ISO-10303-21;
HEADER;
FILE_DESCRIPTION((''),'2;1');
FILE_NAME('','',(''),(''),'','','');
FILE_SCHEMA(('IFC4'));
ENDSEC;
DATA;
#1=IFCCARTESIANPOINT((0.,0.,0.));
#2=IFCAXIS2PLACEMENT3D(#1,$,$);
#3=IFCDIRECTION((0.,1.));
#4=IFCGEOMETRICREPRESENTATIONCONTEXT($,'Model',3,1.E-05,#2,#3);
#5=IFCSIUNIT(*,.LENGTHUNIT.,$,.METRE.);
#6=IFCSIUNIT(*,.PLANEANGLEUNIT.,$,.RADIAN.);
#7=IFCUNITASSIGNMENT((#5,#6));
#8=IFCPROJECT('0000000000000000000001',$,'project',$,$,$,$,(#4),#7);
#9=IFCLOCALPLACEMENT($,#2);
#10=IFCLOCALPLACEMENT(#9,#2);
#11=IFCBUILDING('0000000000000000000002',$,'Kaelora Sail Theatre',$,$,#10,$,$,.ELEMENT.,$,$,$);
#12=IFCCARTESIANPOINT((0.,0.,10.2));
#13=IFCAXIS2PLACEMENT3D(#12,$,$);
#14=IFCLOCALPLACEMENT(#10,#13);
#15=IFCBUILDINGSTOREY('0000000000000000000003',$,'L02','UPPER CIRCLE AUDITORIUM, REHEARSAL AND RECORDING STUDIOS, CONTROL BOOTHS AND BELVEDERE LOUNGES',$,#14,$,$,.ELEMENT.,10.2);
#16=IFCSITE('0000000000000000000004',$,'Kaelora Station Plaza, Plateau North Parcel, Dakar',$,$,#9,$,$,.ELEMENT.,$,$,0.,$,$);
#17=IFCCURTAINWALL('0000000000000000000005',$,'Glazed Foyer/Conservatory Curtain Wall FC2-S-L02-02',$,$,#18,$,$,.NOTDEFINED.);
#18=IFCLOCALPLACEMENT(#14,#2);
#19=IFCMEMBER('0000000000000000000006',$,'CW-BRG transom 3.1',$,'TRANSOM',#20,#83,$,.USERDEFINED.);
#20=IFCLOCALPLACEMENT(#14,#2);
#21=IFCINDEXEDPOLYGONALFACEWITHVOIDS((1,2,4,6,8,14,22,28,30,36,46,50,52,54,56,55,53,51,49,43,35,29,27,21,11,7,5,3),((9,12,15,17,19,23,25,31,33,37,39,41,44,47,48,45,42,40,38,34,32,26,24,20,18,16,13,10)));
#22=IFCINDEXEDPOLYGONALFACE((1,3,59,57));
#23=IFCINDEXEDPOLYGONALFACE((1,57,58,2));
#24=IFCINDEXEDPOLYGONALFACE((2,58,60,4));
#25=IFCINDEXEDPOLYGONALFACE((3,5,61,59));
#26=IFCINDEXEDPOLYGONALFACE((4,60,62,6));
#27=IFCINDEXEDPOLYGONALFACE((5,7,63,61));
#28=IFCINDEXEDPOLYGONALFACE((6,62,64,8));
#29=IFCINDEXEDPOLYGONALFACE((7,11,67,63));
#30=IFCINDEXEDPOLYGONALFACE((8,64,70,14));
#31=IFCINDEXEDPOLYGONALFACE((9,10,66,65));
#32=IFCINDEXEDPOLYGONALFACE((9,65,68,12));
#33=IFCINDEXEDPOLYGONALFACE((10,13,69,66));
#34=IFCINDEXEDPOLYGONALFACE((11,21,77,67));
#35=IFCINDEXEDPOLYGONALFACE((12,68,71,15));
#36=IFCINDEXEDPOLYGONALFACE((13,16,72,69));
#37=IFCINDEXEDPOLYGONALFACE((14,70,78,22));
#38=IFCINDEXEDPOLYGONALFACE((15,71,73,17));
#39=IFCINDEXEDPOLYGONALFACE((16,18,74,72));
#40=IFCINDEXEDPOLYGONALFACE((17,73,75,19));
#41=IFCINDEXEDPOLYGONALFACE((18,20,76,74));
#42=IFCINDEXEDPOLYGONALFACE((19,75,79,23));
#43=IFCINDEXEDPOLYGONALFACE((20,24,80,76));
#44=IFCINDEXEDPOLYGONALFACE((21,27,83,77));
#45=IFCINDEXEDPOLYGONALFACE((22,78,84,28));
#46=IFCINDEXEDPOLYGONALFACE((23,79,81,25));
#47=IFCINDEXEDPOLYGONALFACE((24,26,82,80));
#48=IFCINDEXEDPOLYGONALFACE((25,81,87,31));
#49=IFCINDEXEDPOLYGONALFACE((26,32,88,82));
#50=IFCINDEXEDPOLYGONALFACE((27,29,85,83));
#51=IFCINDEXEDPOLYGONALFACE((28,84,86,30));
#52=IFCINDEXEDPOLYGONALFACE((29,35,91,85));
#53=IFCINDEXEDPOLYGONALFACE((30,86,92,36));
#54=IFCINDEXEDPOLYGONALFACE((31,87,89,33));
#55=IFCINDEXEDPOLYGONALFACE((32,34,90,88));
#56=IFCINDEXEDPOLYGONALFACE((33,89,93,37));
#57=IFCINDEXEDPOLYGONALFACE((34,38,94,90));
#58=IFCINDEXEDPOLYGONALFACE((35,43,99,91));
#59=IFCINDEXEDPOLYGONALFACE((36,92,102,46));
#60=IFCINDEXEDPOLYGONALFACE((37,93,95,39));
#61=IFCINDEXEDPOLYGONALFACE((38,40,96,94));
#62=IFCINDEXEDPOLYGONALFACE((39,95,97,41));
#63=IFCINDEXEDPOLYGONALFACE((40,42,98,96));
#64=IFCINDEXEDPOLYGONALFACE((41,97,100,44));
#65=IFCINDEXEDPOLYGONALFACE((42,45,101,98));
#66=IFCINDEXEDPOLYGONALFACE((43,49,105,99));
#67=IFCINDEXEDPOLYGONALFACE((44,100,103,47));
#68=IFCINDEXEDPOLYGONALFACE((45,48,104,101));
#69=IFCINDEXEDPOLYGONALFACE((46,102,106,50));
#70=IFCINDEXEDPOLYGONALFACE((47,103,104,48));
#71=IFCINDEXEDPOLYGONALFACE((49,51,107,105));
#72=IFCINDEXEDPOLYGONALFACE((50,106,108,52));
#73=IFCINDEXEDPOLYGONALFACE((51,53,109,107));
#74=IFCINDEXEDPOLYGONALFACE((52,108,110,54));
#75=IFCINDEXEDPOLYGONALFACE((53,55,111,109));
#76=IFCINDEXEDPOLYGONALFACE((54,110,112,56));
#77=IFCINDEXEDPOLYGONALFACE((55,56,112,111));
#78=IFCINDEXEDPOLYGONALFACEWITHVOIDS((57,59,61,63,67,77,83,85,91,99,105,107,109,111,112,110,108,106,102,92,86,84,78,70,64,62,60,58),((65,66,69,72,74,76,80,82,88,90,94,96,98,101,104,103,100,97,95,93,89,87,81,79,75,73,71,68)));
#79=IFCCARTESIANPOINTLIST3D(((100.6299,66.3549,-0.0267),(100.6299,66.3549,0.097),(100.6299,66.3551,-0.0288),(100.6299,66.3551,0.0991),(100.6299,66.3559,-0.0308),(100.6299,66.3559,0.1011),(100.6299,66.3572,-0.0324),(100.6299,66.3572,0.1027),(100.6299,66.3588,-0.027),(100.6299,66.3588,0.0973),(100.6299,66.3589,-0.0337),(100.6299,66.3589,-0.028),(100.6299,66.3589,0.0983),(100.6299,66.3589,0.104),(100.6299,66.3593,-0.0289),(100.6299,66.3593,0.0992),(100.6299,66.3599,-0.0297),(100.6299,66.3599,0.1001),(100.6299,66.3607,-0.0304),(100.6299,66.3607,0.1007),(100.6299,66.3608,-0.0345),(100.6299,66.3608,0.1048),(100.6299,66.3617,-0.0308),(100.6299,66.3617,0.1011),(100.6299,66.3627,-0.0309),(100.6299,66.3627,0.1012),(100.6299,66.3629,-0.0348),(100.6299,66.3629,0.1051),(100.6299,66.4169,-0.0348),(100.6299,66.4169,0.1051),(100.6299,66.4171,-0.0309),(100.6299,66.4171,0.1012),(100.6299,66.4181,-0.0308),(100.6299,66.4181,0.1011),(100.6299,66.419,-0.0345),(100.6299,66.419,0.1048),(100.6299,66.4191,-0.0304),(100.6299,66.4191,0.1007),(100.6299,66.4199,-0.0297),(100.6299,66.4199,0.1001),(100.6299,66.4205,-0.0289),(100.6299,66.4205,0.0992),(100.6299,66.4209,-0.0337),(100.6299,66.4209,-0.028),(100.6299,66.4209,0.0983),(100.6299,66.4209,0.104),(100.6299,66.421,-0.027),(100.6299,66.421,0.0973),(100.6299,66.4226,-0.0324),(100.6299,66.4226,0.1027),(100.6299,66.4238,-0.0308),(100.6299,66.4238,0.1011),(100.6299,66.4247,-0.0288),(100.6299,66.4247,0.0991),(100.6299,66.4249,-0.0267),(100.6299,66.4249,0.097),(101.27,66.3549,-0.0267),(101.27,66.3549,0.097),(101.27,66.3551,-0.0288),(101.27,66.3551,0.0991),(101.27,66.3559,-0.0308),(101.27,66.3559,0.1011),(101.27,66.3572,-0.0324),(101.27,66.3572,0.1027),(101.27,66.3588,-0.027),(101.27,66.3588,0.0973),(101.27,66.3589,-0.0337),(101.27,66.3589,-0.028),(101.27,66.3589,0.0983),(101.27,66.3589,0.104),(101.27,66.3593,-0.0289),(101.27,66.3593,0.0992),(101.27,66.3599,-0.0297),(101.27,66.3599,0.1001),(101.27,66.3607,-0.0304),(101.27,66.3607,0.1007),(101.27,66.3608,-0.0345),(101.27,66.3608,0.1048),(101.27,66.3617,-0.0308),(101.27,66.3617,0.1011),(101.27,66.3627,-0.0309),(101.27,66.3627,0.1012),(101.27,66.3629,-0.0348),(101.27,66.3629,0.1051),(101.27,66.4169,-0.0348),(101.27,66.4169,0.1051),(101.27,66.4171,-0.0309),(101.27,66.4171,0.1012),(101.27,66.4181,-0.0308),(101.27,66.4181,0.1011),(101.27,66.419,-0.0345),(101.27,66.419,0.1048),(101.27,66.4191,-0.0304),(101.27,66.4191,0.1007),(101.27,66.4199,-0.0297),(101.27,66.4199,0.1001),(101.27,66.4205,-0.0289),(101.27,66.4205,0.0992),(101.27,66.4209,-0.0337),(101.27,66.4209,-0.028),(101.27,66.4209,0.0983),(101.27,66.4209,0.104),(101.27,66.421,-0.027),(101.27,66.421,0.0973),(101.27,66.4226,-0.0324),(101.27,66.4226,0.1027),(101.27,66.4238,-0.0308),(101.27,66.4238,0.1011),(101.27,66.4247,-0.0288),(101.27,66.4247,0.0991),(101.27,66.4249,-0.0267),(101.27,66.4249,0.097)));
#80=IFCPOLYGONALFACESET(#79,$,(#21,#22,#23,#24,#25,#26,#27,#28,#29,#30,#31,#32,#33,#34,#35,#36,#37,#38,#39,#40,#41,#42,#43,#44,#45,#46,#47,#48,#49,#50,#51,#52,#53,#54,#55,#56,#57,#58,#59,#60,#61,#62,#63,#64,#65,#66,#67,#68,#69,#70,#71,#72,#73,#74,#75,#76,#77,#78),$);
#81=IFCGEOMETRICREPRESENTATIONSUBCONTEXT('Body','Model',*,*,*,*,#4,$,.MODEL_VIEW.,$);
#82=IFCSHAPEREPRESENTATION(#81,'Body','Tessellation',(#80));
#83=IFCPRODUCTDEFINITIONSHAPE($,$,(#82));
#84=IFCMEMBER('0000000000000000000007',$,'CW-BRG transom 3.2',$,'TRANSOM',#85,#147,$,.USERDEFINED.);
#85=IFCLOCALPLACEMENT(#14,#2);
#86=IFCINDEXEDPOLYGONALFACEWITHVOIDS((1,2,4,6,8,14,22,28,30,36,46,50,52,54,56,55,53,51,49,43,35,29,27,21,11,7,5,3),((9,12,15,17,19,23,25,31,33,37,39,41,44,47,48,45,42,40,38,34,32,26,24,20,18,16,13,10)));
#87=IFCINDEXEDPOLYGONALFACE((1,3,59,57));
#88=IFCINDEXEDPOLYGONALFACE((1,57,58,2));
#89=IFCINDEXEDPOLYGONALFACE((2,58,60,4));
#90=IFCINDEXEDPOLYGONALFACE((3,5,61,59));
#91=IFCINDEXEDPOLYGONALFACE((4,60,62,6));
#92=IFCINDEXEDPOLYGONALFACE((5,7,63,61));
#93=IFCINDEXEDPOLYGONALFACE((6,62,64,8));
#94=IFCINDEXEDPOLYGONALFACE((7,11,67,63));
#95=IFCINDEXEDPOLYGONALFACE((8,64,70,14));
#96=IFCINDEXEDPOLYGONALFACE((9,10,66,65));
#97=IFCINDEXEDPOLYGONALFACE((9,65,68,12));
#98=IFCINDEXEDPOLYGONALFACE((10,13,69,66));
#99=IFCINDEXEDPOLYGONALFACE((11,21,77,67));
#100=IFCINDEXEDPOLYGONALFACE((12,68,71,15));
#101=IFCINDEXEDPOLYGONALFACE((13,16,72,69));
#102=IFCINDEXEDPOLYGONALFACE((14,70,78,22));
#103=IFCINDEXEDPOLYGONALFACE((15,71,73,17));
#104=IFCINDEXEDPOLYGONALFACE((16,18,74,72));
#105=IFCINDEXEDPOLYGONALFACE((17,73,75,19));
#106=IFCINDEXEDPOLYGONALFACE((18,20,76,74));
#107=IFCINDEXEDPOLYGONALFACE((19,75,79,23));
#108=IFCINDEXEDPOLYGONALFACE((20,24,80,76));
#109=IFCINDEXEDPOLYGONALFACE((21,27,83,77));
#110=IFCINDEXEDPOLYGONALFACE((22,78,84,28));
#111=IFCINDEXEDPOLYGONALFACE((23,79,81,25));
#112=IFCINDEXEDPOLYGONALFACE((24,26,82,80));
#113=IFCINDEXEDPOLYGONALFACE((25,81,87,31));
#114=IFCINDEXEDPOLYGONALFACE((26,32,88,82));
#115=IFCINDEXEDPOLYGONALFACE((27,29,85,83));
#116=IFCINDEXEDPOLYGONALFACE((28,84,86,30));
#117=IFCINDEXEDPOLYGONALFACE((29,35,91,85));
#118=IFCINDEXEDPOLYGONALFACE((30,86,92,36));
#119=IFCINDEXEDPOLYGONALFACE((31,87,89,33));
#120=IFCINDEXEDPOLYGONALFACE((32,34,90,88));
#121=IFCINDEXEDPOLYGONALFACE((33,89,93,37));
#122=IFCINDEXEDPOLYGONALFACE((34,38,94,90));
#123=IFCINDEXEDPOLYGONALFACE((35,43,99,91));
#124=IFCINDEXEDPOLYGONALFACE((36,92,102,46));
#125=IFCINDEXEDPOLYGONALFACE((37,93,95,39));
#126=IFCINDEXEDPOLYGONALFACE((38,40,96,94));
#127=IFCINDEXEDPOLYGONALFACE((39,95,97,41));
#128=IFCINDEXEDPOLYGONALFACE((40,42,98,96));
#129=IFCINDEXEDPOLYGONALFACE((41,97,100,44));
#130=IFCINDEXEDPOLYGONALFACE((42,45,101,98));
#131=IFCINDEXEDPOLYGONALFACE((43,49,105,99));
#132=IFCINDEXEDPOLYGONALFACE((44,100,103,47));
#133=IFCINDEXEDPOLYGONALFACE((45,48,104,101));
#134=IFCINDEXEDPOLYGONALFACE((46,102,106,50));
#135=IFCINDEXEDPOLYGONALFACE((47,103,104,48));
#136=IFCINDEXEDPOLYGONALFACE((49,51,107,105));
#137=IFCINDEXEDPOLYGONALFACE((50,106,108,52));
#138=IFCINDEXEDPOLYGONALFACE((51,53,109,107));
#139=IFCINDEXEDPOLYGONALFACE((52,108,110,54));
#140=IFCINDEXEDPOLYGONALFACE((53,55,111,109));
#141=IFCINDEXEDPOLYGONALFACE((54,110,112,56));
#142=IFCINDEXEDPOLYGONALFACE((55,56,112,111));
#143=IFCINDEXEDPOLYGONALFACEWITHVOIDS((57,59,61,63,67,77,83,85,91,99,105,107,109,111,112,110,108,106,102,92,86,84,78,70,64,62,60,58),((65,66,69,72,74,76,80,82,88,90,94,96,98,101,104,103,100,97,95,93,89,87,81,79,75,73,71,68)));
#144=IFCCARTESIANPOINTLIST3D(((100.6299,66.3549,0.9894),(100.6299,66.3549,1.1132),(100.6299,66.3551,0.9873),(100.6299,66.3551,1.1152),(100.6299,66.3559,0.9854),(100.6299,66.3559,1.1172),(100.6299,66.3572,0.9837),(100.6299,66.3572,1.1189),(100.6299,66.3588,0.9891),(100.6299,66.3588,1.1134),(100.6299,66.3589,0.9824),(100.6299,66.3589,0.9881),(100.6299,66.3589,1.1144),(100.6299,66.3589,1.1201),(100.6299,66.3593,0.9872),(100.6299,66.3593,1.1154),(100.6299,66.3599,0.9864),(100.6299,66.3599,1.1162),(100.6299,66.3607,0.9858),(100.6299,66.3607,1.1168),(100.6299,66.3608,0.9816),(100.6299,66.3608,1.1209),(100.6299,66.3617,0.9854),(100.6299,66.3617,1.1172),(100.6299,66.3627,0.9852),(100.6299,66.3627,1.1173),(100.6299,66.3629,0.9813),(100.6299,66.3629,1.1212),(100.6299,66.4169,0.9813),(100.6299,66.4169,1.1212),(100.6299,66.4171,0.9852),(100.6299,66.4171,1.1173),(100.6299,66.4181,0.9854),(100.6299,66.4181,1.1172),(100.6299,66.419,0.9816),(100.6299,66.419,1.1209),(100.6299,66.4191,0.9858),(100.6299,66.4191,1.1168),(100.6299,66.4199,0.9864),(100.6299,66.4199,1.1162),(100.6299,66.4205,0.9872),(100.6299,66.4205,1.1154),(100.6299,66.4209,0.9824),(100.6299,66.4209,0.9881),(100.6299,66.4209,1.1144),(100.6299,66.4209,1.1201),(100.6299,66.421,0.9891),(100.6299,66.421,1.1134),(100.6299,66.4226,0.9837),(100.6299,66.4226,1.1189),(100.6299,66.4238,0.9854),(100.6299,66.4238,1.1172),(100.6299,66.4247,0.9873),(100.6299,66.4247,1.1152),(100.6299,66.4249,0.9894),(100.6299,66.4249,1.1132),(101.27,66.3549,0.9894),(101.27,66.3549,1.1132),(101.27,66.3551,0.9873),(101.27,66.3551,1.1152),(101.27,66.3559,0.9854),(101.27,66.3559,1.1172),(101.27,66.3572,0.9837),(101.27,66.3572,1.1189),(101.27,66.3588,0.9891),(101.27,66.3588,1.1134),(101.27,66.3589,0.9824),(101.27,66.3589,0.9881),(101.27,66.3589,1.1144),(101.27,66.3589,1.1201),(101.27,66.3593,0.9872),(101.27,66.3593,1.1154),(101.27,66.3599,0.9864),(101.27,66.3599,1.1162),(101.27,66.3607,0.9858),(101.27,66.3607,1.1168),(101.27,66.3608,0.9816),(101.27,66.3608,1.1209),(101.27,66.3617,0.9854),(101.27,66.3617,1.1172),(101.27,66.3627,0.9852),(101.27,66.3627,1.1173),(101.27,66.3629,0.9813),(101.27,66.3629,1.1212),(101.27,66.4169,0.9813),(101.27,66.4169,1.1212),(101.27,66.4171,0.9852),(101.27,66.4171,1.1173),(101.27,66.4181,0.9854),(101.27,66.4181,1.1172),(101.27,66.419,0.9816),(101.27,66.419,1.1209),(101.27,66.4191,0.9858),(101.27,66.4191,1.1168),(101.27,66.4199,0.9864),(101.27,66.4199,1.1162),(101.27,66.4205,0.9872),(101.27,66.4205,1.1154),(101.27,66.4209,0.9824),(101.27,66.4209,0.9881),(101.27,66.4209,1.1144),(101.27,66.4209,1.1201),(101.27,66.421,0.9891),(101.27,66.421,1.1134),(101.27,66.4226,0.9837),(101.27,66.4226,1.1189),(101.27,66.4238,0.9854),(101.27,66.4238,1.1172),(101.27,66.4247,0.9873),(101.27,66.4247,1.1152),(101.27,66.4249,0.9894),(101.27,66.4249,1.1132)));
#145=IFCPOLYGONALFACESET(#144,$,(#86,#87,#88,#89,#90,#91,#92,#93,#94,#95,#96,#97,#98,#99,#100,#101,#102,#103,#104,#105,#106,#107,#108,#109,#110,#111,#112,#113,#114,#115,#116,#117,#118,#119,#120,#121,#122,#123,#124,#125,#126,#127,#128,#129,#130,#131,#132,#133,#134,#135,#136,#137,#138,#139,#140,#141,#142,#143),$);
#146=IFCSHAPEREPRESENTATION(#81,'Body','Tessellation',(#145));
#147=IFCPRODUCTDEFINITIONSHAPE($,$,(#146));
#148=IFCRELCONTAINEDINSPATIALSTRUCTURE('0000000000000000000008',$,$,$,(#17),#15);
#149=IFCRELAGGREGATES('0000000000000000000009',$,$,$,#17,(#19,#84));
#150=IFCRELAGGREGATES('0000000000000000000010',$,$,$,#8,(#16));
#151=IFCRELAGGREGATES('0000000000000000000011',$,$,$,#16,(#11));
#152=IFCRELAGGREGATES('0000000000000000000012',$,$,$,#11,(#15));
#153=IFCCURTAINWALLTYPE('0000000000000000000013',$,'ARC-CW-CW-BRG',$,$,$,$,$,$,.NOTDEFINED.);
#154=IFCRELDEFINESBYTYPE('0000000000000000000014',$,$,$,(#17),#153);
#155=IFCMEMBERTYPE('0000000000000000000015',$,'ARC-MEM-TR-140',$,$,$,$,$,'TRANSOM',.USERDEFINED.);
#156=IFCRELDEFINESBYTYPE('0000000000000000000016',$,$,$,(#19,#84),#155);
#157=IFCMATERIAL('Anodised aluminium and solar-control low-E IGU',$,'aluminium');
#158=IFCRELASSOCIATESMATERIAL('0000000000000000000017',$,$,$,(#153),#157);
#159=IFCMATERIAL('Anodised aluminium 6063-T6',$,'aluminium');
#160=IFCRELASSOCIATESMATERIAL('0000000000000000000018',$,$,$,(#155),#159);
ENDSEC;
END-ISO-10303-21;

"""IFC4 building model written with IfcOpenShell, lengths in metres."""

from ifc_helpers import new_model, si_unit, direction, frame, origin, origin_2d, place, context, subcontext, project, spatial, hollow_rectangle, extrude, material, material_profile, profile_set, type_object, element, aggregate, save


model = new_model("IFC4")

# Units and contexts
model_context = context("Model", 3, precision=1e-05, world=origin(), true_north=direction((0.0, 1.0)))
body_context = subcontext(model_context, "Body", "Model", "MODEL_VIEW")
ifc_project = project(units=[si_unit("LENGTHUNIT", "METRE"), si_unit("PLANEANGLEUNIT", "RADIAN")], contexts=[model_context])

# Site, building, storey
site_placement = place(None, origin())
site = spatial("IfcSite", under=ifc_project, at=site_placement, Name="Kaelora Station Plaza, Plateau North Parcel, Dakar", CompositionType="ELEMENT", RefElevation=0.0)
building_placement = place(site_placement, origin())
building = spatial("IfcBuilding", under=site, at=building_placement, Name="Kaelora Sail Theatre", CompositionType="ELEMENT")
storey_placement = place(building_placement, frame((0.0, 0.0, 10.2)))
storey = spatial("IfcBuildingStorey", under=building, at=storey_placement, Name="L02", Description="UPPER CIRCLE AUDITORIUM, REHEARSAL AND RECORDING STUDIOS, CONTROL BOOTHS AND BELVEDERE LOUNGES", CompositionType="ELEMENT", Elevation=10.2)

# Curtain wall, members
ifc_material_1 = material(Name="Anodised aluminium and solar-control low-E IGU", Category="aluminium")
curtain_wall_type = type_object("IfcCurtainWallType", Name="ARC-CW-CW-BRG", PredefinedType="NOTDEFINED", material=ifc_material_1)
curtain_wall_placement = place(storey_placement, origin())
curtain_wall = element("IfcCurtainWall", 1, at=curtain_wall_placement, inside=storey, type_object=curtain_wall_type, Name="Glazed Foyer/Conservatory Curtain Wall FC2-S-L02-02", PredefinedType="NOTDEFINED")
ifc_material_2 = material(Name="Anodised aluminium 6063-T6", Category="aluminium")
ifc_material_profile_1 = material_profile(ifc_material_2, hollow_rectangle(XDim=0.0701, YDim=0.1399, WallThickness=0.0039, InnerFilletRadius=0.0039, OuterFilletRadius=0.0081, at=origin_2d()), Name="ALU-TRAN 70x140x4")
ifc_profile_set_1 = profile_set([ifc_material_profile_1], Name="Anodised aluminium 6063-T6")
member_type_1 = type_object("IfcMemberType", Name="ARC-MEM-TR-140", ElementType="TRANSOM", PredefinedType="USERDEFINED", material=ifc_profile_set_1)
member_1_placement = place(storey_placement, frame((100.6299, 66.3899, 0.0352), z_axis=(1.0, 0.0, 0.0), x_axis=(0.0, 1.0, 0.0)))
member_1 = element("IfcMember", 2, at=member_1_placement, type_object=member_type_1, Name="CW-BRG transom 3.1", ObjectType="TRANSOM", PredefinedType="USERDEFINED", context=body_context, shape_type="SweptSolid", body=[
    extrude(hollow_rectangle(XDim=0.0701, YDim=0.1399, WallThickness=0.0039, InnerFilletRadius=0.0039, OuterFilletRadius=0.0081, at=origin_2d()), origin(), (0.0, 0.0, 1.0), 0.6401),
])
member_2_placement = place(storey_placement, frame((100.6299, 66.3899, 1.0513), z_axis=(1.0, 0.0, 0.0), x_axis=(0.0, 1.0, 0.0)))
member_2 = element("IfcMember", 3, at=member_2_placement, type_object=member_type_1, Name="CW-BRG transom 3.2", ObjectType="TRANSOM", PredefinedType="USERDEFINED", context=body_context, shape_type="SweptSolid", body=[
    extrude(hollow_rectangle(XDim=0.0701, YDim=0.1399, WallThickness=0.0039, InnerFilletRadius=0.0039, OuterFilletRadius=0.0081, at=origin_2d()), origin(), (0.0, 0.0, 1.0), 0.6401),
])
aggregate(curtain_wall, [member_1, member_2])

save(model, "model.ifc")
